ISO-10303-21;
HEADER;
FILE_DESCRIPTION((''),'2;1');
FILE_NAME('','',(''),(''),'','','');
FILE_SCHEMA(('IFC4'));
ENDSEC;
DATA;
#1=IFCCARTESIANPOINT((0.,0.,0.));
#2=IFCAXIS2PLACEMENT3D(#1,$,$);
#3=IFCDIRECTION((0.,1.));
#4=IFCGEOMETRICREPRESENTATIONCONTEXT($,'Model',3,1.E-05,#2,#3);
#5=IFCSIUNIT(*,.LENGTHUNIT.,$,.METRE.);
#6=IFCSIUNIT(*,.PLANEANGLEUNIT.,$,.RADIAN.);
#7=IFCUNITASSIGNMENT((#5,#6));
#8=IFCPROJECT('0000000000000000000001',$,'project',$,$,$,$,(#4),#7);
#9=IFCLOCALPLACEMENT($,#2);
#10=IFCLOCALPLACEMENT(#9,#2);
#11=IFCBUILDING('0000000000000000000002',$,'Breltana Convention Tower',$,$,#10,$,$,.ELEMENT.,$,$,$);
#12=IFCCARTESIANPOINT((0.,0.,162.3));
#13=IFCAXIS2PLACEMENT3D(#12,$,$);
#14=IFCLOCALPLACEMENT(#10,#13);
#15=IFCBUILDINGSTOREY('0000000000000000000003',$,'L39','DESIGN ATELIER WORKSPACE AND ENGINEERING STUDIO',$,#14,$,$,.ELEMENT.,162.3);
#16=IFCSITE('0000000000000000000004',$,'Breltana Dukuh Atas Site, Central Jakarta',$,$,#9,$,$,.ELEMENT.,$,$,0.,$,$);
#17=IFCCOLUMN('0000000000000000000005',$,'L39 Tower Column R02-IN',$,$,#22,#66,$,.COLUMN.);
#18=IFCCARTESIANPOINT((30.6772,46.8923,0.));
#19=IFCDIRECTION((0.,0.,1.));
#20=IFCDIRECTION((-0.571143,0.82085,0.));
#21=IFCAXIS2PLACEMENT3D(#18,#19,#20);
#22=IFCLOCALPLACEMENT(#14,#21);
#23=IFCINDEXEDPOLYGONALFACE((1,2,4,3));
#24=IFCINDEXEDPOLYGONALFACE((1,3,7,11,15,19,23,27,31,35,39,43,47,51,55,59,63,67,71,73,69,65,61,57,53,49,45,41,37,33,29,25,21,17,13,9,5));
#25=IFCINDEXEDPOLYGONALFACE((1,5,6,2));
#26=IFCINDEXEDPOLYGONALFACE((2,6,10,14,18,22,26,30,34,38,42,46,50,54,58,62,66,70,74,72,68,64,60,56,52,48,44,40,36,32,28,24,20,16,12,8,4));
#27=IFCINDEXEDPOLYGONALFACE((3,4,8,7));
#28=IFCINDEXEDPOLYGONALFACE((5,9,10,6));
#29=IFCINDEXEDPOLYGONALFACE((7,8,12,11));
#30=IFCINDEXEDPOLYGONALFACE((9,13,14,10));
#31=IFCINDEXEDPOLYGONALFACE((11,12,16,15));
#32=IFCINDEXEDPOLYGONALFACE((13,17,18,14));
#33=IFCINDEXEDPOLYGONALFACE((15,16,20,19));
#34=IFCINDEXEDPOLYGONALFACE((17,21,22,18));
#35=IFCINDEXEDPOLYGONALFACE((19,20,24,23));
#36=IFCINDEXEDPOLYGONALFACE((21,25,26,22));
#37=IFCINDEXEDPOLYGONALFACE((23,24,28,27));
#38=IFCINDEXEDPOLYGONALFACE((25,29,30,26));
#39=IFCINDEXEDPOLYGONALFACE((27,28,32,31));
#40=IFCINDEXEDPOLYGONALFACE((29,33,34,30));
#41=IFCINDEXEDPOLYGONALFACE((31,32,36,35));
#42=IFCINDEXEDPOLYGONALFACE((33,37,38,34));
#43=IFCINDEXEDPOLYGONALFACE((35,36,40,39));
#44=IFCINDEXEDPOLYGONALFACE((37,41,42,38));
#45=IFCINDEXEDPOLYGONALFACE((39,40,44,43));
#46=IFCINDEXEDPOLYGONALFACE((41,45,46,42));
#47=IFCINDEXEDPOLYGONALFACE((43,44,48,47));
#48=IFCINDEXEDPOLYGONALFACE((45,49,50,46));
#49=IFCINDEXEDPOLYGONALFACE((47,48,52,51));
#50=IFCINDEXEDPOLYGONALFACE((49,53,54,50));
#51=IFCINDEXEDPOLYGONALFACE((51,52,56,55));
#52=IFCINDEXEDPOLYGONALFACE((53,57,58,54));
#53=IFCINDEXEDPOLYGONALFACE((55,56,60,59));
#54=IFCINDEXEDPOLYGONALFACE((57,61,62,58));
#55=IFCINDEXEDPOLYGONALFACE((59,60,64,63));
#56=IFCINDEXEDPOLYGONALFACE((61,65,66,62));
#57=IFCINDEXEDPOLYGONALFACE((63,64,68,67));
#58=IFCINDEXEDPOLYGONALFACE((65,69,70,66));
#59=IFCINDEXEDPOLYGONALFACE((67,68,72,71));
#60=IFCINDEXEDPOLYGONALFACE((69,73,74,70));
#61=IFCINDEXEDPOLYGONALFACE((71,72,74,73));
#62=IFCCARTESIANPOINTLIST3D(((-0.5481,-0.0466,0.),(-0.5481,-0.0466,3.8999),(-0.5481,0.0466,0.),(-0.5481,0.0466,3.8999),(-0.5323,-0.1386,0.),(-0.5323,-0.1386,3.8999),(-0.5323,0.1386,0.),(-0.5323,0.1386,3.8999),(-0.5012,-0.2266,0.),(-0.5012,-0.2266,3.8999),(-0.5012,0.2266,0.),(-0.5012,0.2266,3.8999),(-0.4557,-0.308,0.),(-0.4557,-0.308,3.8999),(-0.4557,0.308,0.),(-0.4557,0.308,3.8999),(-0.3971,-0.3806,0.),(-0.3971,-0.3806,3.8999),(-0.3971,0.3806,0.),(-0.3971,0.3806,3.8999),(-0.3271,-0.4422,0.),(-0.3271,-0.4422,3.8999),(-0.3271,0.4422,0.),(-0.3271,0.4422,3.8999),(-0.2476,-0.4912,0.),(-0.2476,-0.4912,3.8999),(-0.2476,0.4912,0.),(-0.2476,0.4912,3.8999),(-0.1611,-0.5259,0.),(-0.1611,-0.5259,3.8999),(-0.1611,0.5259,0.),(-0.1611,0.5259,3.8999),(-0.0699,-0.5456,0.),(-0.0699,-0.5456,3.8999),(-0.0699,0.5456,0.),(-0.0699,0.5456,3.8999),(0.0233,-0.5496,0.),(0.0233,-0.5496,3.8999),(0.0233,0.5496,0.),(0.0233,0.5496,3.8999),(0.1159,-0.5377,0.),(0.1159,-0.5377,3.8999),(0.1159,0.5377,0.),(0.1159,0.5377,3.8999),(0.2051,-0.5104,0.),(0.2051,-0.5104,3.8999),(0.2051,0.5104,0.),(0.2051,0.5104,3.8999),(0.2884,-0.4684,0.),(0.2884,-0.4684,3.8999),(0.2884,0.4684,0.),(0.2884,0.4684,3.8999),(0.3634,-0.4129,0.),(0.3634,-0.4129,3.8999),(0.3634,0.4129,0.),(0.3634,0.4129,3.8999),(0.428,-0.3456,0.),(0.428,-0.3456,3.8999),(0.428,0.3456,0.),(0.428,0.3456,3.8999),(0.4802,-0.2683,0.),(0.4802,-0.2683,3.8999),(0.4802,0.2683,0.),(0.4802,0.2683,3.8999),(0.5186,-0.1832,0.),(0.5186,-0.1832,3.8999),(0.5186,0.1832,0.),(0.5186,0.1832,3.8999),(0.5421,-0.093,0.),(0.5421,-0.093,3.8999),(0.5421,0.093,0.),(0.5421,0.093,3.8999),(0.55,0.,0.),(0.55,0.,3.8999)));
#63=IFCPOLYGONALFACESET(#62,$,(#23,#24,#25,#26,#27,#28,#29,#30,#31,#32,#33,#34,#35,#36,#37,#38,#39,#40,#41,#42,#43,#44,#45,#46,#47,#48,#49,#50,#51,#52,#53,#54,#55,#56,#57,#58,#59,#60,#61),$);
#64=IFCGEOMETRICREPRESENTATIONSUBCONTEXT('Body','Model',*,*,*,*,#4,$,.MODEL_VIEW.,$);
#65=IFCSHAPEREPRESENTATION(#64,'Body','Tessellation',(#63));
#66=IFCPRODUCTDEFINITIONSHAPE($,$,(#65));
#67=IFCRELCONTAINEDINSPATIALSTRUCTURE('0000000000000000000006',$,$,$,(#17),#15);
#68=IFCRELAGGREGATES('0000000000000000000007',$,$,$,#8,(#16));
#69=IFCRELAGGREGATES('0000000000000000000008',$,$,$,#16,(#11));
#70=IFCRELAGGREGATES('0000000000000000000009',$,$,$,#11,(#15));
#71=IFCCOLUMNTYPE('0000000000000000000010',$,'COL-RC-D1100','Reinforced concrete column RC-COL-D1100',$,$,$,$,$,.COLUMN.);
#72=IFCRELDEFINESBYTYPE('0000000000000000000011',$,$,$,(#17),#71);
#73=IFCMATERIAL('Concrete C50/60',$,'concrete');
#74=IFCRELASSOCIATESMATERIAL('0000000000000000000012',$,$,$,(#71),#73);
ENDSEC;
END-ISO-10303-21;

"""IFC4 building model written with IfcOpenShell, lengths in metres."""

from ifc_helpers import new_model, si_unit, direction, frame, origin, origin_2d, place, context, subcontext, project, spatial, circle, extrude, source, transform, mapped, material, material_profile, profile_set, type_object, element, save


model = new_model("IFC4")

# Units and contexts
model_context = context("Model", 3, precision=1e-05, world=origin(), true_north=direction((0.0, 1.0)))
body_context = subcontext(model_context, "Body", "Model", "MODEL_VIEW")
ifc_project = project(units=[si_unit("LENGTHUNIT", "METRE"), si_unit("PLANEANGLEUNIT", "RADIAN")], contexts=[model_context])

# Site, building, storey
site_placement = place(None, origin())
site = spatial("IfcSite", under=ifc_project, at=site_placement, Name="Breltana Dukuh Atas Site, Central Jakarta", CompositionType="ELEMENT", RefElevation=0.0)
building_placement = place(site_placement, origin())
building = spatial("IfcBuilding", under=site, at=building_placement, Name="Breltana Convention Tower", CompositionType="ELEMENT")
storey_placement = place(building_placement, frame((0.0, 0.0, 162.3)))
storey = spatial("IfcBuildingStorey", under=building, at=storey_placement, Name="L39", Description="DESIGN ATELIER WORKSPACE AND ENGINEERING STUDIO", CompositionType="ELEMENT", Elevation=162.3)

# Column
ifc_material_1 = material(Name="Concrete C50/60", Category="concrete")
ifc_material_profile_1 = material_profile(ifc_material_1, circle(Radius=0.55, at=origin_2d()), Name="RC-COL-D1100")
ifc_profile_set_1 = profile_set([ifc_material_profile_1], Name="Concrete C50/60")
column_type = type_object("IfcColumnType", Name="COL-RC-D1100", Description="Reinforced concrete column RC-COL-D1100", PredefinedType="COLUMN", material=ifc_profile_set_1)
shared_shape_1 = source(origin(), body_context, "Body", "SweptSolid", [
    extrude(circle(Radius=0.55, at=origin_2d()), origin(), (0.0, 0.0, 1.0), 3.8999),
])
for number, where, z_axis, x_axis, name in (
    (1, (30.6772, 46.8923, 0.0), (0.0, 0.0, 1.0), (-0.571143, 0.82085, 0.0), "L39 Tower Column R02-IN"),
):
    element("IfcColumn", number, at=place(storey_placement, frame(where, z_axis=z_axis, x_axis=x_axis)), inside=storey, type_object=column_type, Name=name, PredefinedType="COLUMN", context=body_context, shape_type="MappedRepresentation", body=[
        mapped(shared_shape_1, transform((0.0, 0.0, 0.0), scale=1.0)),
    ])

save(model, "model.ifc")
